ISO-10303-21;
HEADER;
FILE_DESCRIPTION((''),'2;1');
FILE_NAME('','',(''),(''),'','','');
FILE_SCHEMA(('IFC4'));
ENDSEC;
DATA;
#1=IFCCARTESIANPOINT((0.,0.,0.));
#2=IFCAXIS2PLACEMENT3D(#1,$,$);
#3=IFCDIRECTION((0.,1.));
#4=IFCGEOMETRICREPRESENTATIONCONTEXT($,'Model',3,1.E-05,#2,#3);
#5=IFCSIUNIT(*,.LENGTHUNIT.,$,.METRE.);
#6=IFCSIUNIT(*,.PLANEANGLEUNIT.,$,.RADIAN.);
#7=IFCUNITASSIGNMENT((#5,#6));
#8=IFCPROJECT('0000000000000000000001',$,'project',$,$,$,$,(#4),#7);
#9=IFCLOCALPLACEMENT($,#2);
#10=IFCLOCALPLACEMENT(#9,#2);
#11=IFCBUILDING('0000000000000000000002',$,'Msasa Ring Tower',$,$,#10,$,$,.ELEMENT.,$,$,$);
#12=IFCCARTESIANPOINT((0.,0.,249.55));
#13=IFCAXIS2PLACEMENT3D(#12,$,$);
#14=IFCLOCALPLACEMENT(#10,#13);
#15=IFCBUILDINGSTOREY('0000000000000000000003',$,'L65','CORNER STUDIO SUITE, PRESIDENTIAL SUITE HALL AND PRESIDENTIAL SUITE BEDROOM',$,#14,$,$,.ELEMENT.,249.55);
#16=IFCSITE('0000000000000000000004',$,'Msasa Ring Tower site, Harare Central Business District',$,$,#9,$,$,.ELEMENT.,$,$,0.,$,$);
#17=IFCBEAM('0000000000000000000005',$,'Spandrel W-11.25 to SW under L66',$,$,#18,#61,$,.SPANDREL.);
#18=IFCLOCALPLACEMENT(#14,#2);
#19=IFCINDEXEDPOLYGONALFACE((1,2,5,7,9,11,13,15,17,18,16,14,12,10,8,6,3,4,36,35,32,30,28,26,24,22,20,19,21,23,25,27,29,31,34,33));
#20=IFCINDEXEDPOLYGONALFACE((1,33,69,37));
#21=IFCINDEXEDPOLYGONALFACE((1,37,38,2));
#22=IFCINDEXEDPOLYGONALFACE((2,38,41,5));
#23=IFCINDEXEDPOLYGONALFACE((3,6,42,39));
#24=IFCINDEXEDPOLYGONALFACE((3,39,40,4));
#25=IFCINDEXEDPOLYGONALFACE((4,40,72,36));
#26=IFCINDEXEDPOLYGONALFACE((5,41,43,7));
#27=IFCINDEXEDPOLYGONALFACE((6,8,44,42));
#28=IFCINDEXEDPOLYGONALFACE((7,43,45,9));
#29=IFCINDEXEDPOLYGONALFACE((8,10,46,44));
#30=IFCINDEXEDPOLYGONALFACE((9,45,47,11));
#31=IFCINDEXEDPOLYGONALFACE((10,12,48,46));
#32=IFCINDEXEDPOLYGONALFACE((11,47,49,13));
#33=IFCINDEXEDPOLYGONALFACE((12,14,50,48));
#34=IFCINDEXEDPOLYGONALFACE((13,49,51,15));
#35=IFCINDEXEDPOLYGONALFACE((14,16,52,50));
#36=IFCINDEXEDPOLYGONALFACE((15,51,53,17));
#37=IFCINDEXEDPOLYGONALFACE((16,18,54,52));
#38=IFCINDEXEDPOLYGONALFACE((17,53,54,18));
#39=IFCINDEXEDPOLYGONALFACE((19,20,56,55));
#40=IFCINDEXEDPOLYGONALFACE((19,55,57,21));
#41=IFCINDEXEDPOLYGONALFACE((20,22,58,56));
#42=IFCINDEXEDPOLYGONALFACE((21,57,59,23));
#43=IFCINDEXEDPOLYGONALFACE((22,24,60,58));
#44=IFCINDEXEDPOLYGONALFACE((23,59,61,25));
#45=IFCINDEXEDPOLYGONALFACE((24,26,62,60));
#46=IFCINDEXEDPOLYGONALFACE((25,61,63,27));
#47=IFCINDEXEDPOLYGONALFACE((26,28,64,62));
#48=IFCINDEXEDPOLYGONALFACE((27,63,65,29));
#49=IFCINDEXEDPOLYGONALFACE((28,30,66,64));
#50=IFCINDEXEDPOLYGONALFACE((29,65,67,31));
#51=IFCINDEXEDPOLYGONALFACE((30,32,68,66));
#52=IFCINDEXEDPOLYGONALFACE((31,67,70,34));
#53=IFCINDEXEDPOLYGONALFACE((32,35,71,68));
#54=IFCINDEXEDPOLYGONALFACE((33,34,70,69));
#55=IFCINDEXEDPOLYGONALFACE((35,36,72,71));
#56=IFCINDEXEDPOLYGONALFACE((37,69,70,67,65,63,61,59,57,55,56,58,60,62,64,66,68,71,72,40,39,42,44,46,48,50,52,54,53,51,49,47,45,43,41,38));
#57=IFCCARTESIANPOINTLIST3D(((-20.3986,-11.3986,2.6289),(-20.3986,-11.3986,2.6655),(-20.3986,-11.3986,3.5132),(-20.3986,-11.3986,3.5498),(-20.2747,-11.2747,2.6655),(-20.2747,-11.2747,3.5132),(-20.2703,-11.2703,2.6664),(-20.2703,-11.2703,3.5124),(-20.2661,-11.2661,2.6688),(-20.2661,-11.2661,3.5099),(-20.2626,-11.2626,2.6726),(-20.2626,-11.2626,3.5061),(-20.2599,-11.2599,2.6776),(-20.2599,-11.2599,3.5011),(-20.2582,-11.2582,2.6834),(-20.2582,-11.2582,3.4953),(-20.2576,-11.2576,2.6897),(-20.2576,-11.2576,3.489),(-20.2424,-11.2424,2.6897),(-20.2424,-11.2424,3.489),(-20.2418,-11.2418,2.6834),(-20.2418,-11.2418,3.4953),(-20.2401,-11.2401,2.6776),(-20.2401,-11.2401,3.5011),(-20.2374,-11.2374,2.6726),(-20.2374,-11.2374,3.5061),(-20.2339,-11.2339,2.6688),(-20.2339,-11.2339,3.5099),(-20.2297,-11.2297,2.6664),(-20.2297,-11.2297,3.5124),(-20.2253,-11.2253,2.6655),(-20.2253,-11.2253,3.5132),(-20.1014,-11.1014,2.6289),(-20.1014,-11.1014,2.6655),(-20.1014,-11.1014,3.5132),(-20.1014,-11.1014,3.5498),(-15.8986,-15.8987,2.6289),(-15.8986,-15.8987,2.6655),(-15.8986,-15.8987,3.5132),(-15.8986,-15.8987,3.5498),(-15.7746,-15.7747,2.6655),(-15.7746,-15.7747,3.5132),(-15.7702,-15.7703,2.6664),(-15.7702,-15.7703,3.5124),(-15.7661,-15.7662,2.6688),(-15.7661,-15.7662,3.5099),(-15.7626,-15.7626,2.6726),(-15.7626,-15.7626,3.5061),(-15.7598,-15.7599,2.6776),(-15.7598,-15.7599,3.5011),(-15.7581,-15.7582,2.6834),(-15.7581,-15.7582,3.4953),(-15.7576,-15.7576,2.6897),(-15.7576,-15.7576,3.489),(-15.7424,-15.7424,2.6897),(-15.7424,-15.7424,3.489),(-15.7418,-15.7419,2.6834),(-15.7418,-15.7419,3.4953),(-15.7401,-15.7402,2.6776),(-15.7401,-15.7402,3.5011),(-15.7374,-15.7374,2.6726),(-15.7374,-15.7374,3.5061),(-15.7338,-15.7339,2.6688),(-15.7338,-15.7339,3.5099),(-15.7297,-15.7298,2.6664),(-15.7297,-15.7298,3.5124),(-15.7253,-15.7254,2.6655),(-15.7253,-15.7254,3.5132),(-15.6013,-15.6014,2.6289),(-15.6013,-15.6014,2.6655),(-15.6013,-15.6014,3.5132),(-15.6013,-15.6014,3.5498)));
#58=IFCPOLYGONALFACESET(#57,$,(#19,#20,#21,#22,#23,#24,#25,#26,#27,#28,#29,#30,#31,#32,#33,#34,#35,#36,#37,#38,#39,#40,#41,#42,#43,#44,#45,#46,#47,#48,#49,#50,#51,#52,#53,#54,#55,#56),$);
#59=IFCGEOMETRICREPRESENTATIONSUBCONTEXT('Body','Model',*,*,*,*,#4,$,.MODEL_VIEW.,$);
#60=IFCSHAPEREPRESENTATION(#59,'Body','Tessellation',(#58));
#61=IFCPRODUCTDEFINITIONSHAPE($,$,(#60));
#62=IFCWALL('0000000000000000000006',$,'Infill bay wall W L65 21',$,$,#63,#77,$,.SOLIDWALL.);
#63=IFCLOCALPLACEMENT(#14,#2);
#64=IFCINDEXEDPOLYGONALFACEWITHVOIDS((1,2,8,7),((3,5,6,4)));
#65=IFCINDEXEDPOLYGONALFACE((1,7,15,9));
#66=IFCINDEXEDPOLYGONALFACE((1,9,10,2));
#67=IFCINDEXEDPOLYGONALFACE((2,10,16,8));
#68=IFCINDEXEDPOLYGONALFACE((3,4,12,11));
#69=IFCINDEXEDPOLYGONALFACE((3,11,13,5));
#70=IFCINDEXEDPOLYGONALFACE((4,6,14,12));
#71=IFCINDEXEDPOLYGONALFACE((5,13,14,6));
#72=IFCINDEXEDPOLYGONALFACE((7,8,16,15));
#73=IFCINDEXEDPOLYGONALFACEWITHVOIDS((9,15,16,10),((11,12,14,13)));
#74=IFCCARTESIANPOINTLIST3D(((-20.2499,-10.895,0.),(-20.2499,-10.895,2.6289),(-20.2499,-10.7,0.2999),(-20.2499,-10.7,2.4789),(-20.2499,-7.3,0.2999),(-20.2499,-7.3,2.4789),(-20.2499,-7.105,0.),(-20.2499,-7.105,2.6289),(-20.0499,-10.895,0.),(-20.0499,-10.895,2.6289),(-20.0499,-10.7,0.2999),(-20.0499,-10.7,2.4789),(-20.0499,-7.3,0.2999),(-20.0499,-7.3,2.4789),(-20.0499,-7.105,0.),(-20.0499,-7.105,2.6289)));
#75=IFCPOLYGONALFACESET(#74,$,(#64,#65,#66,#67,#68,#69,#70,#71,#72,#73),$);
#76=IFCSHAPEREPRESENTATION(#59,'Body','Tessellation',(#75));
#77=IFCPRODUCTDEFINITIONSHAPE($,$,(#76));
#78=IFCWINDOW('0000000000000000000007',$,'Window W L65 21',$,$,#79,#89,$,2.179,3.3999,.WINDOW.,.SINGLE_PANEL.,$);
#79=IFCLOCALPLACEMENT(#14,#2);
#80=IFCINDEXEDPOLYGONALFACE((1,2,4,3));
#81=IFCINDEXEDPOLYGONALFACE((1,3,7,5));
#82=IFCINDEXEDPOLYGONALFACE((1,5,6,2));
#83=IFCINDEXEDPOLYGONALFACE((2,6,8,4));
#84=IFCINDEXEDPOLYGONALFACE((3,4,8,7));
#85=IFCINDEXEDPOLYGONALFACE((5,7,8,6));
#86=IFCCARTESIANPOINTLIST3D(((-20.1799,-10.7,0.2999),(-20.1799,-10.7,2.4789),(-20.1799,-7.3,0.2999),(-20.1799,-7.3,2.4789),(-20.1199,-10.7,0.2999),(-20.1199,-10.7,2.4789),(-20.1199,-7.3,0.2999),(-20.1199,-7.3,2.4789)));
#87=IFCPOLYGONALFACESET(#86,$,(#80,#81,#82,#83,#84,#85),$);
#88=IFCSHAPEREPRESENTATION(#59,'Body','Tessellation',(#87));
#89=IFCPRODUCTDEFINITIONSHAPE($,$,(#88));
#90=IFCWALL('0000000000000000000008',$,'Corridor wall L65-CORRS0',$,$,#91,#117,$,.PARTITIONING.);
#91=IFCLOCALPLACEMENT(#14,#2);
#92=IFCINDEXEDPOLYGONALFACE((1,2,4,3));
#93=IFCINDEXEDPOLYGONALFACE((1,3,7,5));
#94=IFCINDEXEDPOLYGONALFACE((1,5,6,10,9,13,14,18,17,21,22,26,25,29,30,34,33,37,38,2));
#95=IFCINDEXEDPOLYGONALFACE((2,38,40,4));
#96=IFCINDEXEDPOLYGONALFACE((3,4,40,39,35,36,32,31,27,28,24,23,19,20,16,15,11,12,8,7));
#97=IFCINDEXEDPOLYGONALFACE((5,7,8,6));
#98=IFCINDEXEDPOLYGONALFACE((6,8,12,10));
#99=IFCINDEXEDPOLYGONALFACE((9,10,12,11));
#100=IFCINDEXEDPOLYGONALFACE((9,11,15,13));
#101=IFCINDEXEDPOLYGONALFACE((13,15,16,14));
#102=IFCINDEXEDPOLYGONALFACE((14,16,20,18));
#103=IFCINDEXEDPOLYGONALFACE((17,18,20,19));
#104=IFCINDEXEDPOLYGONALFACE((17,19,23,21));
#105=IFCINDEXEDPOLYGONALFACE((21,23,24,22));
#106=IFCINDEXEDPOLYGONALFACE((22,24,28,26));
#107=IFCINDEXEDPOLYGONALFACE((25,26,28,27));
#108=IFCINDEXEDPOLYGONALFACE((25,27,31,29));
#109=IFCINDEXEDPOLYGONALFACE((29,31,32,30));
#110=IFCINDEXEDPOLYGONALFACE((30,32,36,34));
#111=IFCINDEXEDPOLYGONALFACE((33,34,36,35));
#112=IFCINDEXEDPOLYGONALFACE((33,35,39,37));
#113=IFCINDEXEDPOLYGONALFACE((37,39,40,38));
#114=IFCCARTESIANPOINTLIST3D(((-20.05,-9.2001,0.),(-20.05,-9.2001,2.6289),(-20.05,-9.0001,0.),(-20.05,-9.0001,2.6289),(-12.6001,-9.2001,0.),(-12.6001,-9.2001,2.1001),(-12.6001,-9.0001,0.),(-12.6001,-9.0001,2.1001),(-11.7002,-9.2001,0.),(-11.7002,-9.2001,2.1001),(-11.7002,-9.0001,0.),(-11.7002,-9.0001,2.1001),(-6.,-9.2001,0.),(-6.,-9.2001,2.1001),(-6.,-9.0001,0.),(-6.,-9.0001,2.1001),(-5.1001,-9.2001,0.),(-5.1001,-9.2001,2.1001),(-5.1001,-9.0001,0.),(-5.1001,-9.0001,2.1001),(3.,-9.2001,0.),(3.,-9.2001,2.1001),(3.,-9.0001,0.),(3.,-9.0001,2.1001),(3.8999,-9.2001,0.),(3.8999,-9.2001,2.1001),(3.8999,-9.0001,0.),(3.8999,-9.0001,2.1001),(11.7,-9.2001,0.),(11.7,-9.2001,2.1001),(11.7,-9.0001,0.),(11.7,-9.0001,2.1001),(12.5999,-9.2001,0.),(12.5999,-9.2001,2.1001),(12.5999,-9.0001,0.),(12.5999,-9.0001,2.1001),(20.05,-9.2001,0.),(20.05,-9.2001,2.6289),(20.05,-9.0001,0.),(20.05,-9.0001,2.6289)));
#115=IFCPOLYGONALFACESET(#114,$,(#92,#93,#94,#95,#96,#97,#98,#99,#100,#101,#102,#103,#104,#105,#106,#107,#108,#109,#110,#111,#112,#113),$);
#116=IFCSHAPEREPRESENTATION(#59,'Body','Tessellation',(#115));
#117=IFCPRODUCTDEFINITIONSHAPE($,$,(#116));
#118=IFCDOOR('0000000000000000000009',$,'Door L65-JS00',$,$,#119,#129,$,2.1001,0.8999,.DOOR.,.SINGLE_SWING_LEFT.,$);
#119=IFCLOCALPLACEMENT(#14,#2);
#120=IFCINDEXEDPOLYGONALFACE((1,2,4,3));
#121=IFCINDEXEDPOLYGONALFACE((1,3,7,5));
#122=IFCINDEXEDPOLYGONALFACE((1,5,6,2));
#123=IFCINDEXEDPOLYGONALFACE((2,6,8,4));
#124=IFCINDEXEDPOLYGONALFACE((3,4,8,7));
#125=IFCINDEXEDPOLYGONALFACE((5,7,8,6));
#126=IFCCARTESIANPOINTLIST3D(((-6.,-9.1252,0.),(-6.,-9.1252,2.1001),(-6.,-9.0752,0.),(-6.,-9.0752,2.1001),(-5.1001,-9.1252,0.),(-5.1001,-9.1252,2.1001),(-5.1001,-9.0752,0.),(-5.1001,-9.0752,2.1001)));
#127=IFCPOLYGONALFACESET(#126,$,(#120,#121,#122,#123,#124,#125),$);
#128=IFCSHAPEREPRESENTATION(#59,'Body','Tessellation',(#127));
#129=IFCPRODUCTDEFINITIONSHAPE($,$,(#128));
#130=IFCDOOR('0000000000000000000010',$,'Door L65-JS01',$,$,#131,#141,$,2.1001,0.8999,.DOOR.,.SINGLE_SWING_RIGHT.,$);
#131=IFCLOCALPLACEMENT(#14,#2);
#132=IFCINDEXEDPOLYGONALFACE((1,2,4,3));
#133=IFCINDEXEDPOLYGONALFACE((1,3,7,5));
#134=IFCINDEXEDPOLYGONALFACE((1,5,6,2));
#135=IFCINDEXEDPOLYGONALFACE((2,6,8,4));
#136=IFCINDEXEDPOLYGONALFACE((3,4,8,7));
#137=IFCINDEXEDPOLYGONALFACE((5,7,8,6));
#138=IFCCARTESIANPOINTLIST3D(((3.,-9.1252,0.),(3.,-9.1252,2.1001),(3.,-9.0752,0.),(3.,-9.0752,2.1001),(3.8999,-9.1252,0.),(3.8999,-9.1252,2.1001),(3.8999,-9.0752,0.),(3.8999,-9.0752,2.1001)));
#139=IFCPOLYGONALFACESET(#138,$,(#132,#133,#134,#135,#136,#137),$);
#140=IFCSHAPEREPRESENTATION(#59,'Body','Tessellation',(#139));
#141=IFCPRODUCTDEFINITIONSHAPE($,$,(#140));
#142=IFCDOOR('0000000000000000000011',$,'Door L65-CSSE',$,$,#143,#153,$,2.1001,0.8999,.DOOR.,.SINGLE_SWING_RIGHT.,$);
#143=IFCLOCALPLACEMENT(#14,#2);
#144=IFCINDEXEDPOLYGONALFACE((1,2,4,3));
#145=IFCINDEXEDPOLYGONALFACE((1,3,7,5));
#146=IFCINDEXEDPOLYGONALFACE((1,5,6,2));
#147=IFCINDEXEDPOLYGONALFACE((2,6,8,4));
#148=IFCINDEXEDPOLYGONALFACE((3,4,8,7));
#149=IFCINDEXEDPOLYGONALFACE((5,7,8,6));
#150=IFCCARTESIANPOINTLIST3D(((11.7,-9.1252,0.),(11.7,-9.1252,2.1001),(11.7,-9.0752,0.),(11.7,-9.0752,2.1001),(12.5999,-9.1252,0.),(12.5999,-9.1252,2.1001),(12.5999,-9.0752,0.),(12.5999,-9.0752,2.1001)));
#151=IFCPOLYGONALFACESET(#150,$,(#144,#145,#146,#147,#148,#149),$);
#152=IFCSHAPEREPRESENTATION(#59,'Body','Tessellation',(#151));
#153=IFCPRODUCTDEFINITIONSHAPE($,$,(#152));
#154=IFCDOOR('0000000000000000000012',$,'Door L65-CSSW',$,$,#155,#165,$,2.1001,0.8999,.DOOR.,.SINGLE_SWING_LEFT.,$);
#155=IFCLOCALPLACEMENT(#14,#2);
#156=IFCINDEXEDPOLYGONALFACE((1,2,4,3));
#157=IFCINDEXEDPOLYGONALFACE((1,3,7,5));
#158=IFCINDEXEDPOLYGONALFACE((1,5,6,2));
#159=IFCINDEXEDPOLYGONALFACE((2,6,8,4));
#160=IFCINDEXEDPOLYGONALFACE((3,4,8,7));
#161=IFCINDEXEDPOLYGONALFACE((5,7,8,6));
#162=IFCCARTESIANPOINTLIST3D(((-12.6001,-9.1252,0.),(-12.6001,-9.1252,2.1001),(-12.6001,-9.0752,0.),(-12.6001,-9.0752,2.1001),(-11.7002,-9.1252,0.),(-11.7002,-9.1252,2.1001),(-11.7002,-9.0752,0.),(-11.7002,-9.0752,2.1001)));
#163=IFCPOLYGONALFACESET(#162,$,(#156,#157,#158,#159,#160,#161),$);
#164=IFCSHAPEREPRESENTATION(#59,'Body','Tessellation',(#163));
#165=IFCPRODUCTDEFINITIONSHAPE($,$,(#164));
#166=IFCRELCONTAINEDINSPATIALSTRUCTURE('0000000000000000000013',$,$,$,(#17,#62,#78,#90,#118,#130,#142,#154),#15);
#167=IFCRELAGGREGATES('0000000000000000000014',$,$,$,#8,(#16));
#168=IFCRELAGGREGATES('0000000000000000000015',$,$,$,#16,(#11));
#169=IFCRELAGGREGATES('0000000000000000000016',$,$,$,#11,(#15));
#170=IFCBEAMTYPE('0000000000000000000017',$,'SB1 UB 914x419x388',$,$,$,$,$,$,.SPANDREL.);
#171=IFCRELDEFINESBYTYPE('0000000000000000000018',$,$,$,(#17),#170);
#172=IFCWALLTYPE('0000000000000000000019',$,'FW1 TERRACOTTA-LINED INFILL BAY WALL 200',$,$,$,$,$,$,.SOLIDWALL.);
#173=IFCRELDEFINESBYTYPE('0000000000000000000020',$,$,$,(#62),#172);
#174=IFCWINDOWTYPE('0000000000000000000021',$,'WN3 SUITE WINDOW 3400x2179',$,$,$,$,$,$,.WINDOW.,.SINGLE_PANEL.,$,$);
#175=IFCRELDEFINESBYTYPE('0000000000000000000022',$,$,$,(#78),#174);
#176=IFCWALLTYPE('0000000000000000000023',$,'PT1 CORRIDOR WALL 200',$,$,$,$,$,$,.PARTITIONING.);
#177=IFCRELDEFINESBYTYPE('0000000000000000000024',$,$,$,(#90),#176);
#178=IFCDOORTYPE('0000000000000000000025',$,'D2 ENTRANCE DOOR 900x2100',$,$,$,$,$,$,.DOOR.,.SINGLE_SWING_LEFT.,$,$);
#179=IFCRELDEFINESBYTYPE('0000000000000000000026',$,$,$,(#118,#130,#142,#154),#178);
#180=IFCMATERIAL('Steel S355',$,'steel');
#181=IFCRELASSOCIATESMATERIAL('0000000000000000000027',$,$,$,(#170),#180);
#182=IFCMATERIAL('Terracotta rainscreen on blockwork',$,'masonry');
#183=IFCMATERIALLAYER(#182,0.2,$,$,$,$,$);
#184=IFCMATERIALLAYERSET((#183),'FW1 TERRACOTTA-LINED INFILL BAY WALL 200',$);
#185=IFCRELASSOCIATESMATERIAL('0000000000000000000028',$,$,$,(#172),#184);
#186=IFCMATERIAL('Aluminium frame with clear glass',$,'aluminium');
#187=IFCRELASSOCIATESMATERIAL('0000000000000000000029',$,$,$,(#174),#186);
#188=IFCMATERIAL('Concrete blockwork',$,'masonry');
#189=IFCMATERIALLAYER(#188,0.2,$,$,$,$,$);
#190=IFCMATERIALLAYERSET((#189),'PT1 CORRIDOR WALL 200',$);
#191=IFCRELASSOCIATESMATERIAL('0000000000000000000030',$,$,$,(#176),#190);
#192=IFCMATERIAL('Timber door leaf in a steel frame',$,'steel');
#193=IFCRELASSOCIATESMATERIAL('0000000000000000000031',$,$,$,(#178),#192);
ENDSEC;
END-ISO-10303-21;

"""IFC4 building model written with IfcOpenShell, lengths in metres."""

from ifc_helpers import new_model, si_unit, direction, frame, frame_2d, origin, origin_2d, place, context, subcontext, project, spatial, rectangle, i_section, extrude, material, layer, layer_set, material_profile, profile_set, type_object, element, fill, save


model = new_model("IFC4")

# Units and contexts
model_context = context("Model", 3, precision=1e-05, world=origin(), true_north=direction((0.0, 1.0)))
body_context = subcontext(model_context, "Body", "Model", "MODEL_VIEW")
ifc_project = project(units=[si_unit("LENGTHUNIT", "METRE"), si_unit("PLANEANGLEUNIT", "RADIAN")], contexts=[model_context])

# Site, building, storey
site_placement = place(None, origin())
site = spatial("IfcSite", under=ifc_project, at=site_placement, Name="Msasa Ring Tower site, Harare Central Business District", CompositionType="ELEMENT", RefElevation=0.0)
building_placement = place(site_placement, origin())
building = spatial("IfcBuilding", under=site, at=building_placement, Name="Msasa Ring Tower", CompositionType="ELEMENT")
storey_placement = place(building_placement, frame((0.0, 0.0, 249.55)))
storey = spatial("IfcBuildingStorey", under=building, at=storey_placement, Name="L65", Description="CORNER STUDIO SUITE, PRESIDENTIAL SUITE HALL AND PRESIDENTIAL SUITE BEDROOM", CompositionType="ELEMENT", Elevation=249.55)

# Beam
ifc_material_1 = material(Name="Steel S355", Category="steel")
ifc_material_profile_1 = material_profile(ifc_material_1, i_section(OverallWidth=0.4204, OverallDepth=0.9209, WebThickness=0.0215, FlangeThickness=0.0366, FilletRadius=0.0242, at=origin_2d()), Name="UB 914x419x388")
ifc_profile_set_1 = profile_set([ifc_material_profile_1], Name="Steel S355")
beam_type_1 = type_object("IfcBeamType", Name="SB1 UB 914x419x388", PredefinedType="SPANDREL", material=ifc_profile_set_1)
beam_1_placement = place(storey_placement, frame((-20.25, -11.25, 3.0894), z_axis=(0.707107, -0.707107, 0.0), x_axis=(0.707107, 0.707107, 0.0)))
element("IfcBeam", 1, at=beam_1_placement, inside=storey, type_object=beam_type_1, Name="Spandrel W-11.25 to SW under L66", PredefinedType="SPANDREL", context=body_context, shape_type="SweptSolid", body=[
    extrude(i_section(OverallWidth=0.4204, OverallDepth=0.9209, WebThickness=0.0215, FlangeThickness=0.0366, FilletRadius=0.0242, at=origin_2d()), origin(), (0.0, 0.0, 1.0), 6.364),
])

# Wall, opening, window
ifc_material_2 = material(Name="Terracotta rainscreen on blockwork", Category="masonry")
ifc_layer_1 = layer(ifc_material_2, 0.2)
ifc_layer_set_1 = layer_set([ifc_layer_1], Name="FW1 TERRACOTTA-LINED INFILL BAY WALL 200")
wall_type_1 = type_object("IfcWallType", Name="FW1 TERRACOTTA-LINED INFILL BAY WALL 200", PredefinedType="SOLIDWALL", material=ifc_layer_set_1)
wall_1_placement = place(storey_placement, frame((-20.1499, -10.895, 0.0), z_axis=(0.0, 0.0, 1.0), x_axis=(0.0, 1.0, 0.0)))
wall_1 = element("IfcWall", 2, at=wall_1_placement, inside=storey, type_object=wall_type_1, Name="Infill bay wall W L65 21", PredefinedType="SOLIDWALL", context=body_context, shape_type="SweptSolid", body=[
    extrude(rectangle(XDim=3.79, YDim=0.2, at=frame_2d((1.895, 0.0))), origin(), (0.0, 0.0, 1.0), 2.6289),
])
opening_1_placement = place(wall_1_placement, frame((0.1951, 0.0, 0.3)))
opening_1 = element("IfcOpeningElement", 3, at=opening_1_placement, cuts=wall_1, PredefinedType="OPENING", context=body_context, shape_type="SweptSolid", body=[
    extrude(rectangle(XDim=3.3999, YDim=2.179, at=frame_2d((1.7, 1.0894))), frame((0.0, 0.1099, 0.0), z_axis=(0.0, -1.0, 0.0), x_axis=(1.0, 0.0, 0.0)), (0.0, 0.0, 1.0), 0.22),
])
ifc_material_3 = material(Name="Aluminium frame with clear glass", Category="aluminium")
window_type = type_object("IfcWindowType", Name="WN3 SUITE WINDOW 3400x2179", PartitioningType="SINGLE_PANEL", PredefinedType="WINDOW", material=ifc_material_3)
window_placement = place(opening_1_placement, origin())
window = element("IfcWindow", 4, at=window_placement, inside=storey, type_object=window_type, Name="Window W L65 21", OverallHeight=2.179, OverallWidth=3.3999, PartitioningType="SINGLE_PANEL", PredefinedType="WINDOW", context=body_context, shape_type="SweptSolid", body=[
    extrude(rectangle(XDim=3.3999, YDim=2.179, at=frame_2d((1.7, 1.0894))), frame((0.0, 0.03, 0.0), z_axis=(0.0, -1.0, 0.0), x_axis=(1.0, 0.0, 0.0)), (0.0, 0.0, 1.0), 0.0601),
])
fill(opening_1, window)

# Wall, openings, doors
ifc_material_4 = material(Name="Concrete blockwork", Category="masonry")
ifc_layer_2 = layer(ifc_material_4, 0.2)
ifc_layer_set_2 = layer_set([ifc_layer_2], Name="PT1 CORRIDOR WALL 200")
wall_type_2 = type_object("IfcWallType", Name="PT1 CORRIDOR WALL 200", PredefinedType="PARTITIONING", material=ifc_layer_set_2)
wall_2_placement = place(storey_placement, frame((-20.05, -9.1001, 0.0), z_axis=(0.0, 0.0, 1.0), x_axis=(1.0, 0.0, 0.0)))
wall_2 = element("IfcWall", 5, at=wall_2_placement, inside=storey, type_object=wall_type_2, Name="Corridor wall L65-CORRS0", PredefinedType="PARTITIONING", context=body_context, shape_type="SweptSolid", body=[
    extrude(rectangle(XDim=40.1001, YDim=0.2, at=frame_2d((20.05, 0.0))), origin(), (0.0, 0.0, 1.0), 2.6289),
])
opening_2_placement = place(wall_2_placement, frame((14.05, 0.0, 0.0)))
opening_2 = element("IfcOpeningElement", 6, at=opening_2_placement, cuts=wall_2, PredefinedType="OPENING", context=body_context, shape_type="SweptSolid", body=[
    extrude(rectangle(XDim=0.8999, YDim=2.1001, at=frame_2d((0.45, 1.05))), frame((0.0, 0.1099, 0.0), z_axis=(0.0, -1.0, 0.0), x_axis=(1.0, 0.0, 0.0)), (0.0, 0.0, 1.0), 0.22),
])
opening_3_placement = place(wall_2_placement, frame((23.05, 0.0, 0.0)))
opening_3 = element("IfcOpeningElement", 7, at=opening_3_placement, cuts=wall_2, PredefinedType="OPENING", context=body_context, shape_type="SweptSolid", body=[
    extrude(rectangle(XDim=0.8999, YDim=2.1001, at=frame_2d((0.45, 1.05))), frame((0.0, 0.1099, 0.0), z_axis=(0.0, -1.0, 0.0), x_axis=(1.0, 0.0, 0.0)), (0.0, 0.0, 1.0), 0.22),
])
opening_4_placement = place(wall_2_placement, frame((31.75, 0.0, 0.0)))
opening_4 = element("IfcOpeningElement", 8, at=opening_4_placement, cuts=wall_2, PredefinedType="OPENING", context=body_context, shape_type="SweptSolid", body=[
    extrude(rectangle(XDim=0.8999, YDim=2.1001, at=frame_2d((0.45, 1.05))), frame((0.0, 0.1099, 0.0), z_axis=(0.0, -1.0, 0.0), x_axis=(1.0, 0.0, 0.0)), (0.0, 0.0, 1.0), 0.22),
])
opening_5_placement = place(wall_2_placement, frame((7.45, 0.0, 0.0)))
opening_5 = element("IfcOpeningElement", 9, at=opening_5_placement, cuts=wall_2, PredefinedType="OPENING", context=body_context, shape_type="SweptSolid", body=[
    extrude(rectangle(XDim=0.8999, YDim=2.1001, at=frame_2d((0.45, 1.05))), frame((0.0, 0.1099, 0.0), z_axis=(0.0, -1.0, 0.0), x_axis=(1.0, 0.0, 0.0)), (0.0, 0.0, 1.0), 0.22),
])
ifc_material_5 = material(Name="Timber door leaf in a steel frame", Category="steel")
door_type_1 = type_object("IfcDoorType", Name="D2 ENTRANCE DOOR 900x2100", OperationType="SINGLE_SWING_LEFT", PredefinedType="DOOR", material=ifc_material_5)
door_1_placement = place(opening_2_placement, origin())
door_1 = element("IfcDoor", 10, at=door_1_placement, inside=storey, type_object=door_type_1, Name="Door L65-JS00", OperationType="SINGLE_SWING_LEFT", OverallHeight=2.1001, OverallWidth=0.8999, PredefinedType="DOOR", context=body_context, shape_type="SweptSolid", body=[
    extrude(rectangle(XDim=0.8999, YDim=2.1001, at=frame_2d((0.45, 1.05))), frame((0.0, 0.0249, 0.0), z_axis=(0.0, -1.0, 0.0), x_axis=(1.0, 0.0, 0.0)), (0.0, 0.0, 1.0), 0.05),
])
fill(opening_2, door_1)
door_2_placement = place(opening_3_placement, origin())
door_2 = element("IfcDoor", 11, at=door_2_placement, inside=storey, type_object=door_type_1, Name="Door L65-JS01", OperationType="SINGLE_SWING_RIGHT", OverallHeight=2.1001, OverallWidth=0.8999, PredefinedType="DOOR", context=body_context, shape_type="SweptSolid", body=[
    extrude(rectangle(XDim=0.8999, YDim=2.1001, at=frame_2d((0.45, 1.05))), frame((0.0, 0.0249, 0.0), z_axis=(0.0, -1.0, 0.0), x_axis=(1.0, 0.0, 0.0)), (0.0, 0.0, 1.0), 0.05),
])
fill(opening_3, door_2)
door_3_placement = place(opening_4_placement, origin())
door_3 = element("IfcDoor", 12, at=door_3_placement, inside=storey, type_object=door_type_1, Name="Door L65-CSSE", OperationType="SINGLE_SWING_RIGHT", OverallHeight=2.1001, OverallWidth=0.8999, PredefinedType="DOOR", context=body_context, shape_type="SweptSolid", body=[
    extrude(rectangle(XDim=0.8999, YDim=2.1001, at=frame_2d((0.45, 1.05))), frame((0.0, 0.0249, 0.0), z_axis=(0.0, -1.0, 0.0), x_axis=(1.0, 0.0, 0.0)), (0.0, 0.0, 1.0), 0.05),
])
fill(opening_4, door_3)
door_4_placement = place(opening_5_placement, origin())
door_4 = element("IfcDoor", 13, at=door_4_placement, inside=storey, type_object=door_type_1, Name="Door L65-CSSW", OperationType="SINGLE_SWING_LEFT", OverallHeight=2.1001, OverallWidth=0.8999, PredefinedType="DOOR", context=body_context, shape_type="SweptSolid", body=[
    extrude(rectangle(XDim=0.8999, YDim=2.1001, at=frame_2d((0.45, 1.05))), frame((0.0, 0.0249, 0.0), z_axis=(0.0, -1.0, 0.0), x_axis=(1.0, 0.0, 0.0)), (0.0, 0.0, 1.0), 0.05),
])
fill(opening_5, door_4)

save(model, "model.ifc")
